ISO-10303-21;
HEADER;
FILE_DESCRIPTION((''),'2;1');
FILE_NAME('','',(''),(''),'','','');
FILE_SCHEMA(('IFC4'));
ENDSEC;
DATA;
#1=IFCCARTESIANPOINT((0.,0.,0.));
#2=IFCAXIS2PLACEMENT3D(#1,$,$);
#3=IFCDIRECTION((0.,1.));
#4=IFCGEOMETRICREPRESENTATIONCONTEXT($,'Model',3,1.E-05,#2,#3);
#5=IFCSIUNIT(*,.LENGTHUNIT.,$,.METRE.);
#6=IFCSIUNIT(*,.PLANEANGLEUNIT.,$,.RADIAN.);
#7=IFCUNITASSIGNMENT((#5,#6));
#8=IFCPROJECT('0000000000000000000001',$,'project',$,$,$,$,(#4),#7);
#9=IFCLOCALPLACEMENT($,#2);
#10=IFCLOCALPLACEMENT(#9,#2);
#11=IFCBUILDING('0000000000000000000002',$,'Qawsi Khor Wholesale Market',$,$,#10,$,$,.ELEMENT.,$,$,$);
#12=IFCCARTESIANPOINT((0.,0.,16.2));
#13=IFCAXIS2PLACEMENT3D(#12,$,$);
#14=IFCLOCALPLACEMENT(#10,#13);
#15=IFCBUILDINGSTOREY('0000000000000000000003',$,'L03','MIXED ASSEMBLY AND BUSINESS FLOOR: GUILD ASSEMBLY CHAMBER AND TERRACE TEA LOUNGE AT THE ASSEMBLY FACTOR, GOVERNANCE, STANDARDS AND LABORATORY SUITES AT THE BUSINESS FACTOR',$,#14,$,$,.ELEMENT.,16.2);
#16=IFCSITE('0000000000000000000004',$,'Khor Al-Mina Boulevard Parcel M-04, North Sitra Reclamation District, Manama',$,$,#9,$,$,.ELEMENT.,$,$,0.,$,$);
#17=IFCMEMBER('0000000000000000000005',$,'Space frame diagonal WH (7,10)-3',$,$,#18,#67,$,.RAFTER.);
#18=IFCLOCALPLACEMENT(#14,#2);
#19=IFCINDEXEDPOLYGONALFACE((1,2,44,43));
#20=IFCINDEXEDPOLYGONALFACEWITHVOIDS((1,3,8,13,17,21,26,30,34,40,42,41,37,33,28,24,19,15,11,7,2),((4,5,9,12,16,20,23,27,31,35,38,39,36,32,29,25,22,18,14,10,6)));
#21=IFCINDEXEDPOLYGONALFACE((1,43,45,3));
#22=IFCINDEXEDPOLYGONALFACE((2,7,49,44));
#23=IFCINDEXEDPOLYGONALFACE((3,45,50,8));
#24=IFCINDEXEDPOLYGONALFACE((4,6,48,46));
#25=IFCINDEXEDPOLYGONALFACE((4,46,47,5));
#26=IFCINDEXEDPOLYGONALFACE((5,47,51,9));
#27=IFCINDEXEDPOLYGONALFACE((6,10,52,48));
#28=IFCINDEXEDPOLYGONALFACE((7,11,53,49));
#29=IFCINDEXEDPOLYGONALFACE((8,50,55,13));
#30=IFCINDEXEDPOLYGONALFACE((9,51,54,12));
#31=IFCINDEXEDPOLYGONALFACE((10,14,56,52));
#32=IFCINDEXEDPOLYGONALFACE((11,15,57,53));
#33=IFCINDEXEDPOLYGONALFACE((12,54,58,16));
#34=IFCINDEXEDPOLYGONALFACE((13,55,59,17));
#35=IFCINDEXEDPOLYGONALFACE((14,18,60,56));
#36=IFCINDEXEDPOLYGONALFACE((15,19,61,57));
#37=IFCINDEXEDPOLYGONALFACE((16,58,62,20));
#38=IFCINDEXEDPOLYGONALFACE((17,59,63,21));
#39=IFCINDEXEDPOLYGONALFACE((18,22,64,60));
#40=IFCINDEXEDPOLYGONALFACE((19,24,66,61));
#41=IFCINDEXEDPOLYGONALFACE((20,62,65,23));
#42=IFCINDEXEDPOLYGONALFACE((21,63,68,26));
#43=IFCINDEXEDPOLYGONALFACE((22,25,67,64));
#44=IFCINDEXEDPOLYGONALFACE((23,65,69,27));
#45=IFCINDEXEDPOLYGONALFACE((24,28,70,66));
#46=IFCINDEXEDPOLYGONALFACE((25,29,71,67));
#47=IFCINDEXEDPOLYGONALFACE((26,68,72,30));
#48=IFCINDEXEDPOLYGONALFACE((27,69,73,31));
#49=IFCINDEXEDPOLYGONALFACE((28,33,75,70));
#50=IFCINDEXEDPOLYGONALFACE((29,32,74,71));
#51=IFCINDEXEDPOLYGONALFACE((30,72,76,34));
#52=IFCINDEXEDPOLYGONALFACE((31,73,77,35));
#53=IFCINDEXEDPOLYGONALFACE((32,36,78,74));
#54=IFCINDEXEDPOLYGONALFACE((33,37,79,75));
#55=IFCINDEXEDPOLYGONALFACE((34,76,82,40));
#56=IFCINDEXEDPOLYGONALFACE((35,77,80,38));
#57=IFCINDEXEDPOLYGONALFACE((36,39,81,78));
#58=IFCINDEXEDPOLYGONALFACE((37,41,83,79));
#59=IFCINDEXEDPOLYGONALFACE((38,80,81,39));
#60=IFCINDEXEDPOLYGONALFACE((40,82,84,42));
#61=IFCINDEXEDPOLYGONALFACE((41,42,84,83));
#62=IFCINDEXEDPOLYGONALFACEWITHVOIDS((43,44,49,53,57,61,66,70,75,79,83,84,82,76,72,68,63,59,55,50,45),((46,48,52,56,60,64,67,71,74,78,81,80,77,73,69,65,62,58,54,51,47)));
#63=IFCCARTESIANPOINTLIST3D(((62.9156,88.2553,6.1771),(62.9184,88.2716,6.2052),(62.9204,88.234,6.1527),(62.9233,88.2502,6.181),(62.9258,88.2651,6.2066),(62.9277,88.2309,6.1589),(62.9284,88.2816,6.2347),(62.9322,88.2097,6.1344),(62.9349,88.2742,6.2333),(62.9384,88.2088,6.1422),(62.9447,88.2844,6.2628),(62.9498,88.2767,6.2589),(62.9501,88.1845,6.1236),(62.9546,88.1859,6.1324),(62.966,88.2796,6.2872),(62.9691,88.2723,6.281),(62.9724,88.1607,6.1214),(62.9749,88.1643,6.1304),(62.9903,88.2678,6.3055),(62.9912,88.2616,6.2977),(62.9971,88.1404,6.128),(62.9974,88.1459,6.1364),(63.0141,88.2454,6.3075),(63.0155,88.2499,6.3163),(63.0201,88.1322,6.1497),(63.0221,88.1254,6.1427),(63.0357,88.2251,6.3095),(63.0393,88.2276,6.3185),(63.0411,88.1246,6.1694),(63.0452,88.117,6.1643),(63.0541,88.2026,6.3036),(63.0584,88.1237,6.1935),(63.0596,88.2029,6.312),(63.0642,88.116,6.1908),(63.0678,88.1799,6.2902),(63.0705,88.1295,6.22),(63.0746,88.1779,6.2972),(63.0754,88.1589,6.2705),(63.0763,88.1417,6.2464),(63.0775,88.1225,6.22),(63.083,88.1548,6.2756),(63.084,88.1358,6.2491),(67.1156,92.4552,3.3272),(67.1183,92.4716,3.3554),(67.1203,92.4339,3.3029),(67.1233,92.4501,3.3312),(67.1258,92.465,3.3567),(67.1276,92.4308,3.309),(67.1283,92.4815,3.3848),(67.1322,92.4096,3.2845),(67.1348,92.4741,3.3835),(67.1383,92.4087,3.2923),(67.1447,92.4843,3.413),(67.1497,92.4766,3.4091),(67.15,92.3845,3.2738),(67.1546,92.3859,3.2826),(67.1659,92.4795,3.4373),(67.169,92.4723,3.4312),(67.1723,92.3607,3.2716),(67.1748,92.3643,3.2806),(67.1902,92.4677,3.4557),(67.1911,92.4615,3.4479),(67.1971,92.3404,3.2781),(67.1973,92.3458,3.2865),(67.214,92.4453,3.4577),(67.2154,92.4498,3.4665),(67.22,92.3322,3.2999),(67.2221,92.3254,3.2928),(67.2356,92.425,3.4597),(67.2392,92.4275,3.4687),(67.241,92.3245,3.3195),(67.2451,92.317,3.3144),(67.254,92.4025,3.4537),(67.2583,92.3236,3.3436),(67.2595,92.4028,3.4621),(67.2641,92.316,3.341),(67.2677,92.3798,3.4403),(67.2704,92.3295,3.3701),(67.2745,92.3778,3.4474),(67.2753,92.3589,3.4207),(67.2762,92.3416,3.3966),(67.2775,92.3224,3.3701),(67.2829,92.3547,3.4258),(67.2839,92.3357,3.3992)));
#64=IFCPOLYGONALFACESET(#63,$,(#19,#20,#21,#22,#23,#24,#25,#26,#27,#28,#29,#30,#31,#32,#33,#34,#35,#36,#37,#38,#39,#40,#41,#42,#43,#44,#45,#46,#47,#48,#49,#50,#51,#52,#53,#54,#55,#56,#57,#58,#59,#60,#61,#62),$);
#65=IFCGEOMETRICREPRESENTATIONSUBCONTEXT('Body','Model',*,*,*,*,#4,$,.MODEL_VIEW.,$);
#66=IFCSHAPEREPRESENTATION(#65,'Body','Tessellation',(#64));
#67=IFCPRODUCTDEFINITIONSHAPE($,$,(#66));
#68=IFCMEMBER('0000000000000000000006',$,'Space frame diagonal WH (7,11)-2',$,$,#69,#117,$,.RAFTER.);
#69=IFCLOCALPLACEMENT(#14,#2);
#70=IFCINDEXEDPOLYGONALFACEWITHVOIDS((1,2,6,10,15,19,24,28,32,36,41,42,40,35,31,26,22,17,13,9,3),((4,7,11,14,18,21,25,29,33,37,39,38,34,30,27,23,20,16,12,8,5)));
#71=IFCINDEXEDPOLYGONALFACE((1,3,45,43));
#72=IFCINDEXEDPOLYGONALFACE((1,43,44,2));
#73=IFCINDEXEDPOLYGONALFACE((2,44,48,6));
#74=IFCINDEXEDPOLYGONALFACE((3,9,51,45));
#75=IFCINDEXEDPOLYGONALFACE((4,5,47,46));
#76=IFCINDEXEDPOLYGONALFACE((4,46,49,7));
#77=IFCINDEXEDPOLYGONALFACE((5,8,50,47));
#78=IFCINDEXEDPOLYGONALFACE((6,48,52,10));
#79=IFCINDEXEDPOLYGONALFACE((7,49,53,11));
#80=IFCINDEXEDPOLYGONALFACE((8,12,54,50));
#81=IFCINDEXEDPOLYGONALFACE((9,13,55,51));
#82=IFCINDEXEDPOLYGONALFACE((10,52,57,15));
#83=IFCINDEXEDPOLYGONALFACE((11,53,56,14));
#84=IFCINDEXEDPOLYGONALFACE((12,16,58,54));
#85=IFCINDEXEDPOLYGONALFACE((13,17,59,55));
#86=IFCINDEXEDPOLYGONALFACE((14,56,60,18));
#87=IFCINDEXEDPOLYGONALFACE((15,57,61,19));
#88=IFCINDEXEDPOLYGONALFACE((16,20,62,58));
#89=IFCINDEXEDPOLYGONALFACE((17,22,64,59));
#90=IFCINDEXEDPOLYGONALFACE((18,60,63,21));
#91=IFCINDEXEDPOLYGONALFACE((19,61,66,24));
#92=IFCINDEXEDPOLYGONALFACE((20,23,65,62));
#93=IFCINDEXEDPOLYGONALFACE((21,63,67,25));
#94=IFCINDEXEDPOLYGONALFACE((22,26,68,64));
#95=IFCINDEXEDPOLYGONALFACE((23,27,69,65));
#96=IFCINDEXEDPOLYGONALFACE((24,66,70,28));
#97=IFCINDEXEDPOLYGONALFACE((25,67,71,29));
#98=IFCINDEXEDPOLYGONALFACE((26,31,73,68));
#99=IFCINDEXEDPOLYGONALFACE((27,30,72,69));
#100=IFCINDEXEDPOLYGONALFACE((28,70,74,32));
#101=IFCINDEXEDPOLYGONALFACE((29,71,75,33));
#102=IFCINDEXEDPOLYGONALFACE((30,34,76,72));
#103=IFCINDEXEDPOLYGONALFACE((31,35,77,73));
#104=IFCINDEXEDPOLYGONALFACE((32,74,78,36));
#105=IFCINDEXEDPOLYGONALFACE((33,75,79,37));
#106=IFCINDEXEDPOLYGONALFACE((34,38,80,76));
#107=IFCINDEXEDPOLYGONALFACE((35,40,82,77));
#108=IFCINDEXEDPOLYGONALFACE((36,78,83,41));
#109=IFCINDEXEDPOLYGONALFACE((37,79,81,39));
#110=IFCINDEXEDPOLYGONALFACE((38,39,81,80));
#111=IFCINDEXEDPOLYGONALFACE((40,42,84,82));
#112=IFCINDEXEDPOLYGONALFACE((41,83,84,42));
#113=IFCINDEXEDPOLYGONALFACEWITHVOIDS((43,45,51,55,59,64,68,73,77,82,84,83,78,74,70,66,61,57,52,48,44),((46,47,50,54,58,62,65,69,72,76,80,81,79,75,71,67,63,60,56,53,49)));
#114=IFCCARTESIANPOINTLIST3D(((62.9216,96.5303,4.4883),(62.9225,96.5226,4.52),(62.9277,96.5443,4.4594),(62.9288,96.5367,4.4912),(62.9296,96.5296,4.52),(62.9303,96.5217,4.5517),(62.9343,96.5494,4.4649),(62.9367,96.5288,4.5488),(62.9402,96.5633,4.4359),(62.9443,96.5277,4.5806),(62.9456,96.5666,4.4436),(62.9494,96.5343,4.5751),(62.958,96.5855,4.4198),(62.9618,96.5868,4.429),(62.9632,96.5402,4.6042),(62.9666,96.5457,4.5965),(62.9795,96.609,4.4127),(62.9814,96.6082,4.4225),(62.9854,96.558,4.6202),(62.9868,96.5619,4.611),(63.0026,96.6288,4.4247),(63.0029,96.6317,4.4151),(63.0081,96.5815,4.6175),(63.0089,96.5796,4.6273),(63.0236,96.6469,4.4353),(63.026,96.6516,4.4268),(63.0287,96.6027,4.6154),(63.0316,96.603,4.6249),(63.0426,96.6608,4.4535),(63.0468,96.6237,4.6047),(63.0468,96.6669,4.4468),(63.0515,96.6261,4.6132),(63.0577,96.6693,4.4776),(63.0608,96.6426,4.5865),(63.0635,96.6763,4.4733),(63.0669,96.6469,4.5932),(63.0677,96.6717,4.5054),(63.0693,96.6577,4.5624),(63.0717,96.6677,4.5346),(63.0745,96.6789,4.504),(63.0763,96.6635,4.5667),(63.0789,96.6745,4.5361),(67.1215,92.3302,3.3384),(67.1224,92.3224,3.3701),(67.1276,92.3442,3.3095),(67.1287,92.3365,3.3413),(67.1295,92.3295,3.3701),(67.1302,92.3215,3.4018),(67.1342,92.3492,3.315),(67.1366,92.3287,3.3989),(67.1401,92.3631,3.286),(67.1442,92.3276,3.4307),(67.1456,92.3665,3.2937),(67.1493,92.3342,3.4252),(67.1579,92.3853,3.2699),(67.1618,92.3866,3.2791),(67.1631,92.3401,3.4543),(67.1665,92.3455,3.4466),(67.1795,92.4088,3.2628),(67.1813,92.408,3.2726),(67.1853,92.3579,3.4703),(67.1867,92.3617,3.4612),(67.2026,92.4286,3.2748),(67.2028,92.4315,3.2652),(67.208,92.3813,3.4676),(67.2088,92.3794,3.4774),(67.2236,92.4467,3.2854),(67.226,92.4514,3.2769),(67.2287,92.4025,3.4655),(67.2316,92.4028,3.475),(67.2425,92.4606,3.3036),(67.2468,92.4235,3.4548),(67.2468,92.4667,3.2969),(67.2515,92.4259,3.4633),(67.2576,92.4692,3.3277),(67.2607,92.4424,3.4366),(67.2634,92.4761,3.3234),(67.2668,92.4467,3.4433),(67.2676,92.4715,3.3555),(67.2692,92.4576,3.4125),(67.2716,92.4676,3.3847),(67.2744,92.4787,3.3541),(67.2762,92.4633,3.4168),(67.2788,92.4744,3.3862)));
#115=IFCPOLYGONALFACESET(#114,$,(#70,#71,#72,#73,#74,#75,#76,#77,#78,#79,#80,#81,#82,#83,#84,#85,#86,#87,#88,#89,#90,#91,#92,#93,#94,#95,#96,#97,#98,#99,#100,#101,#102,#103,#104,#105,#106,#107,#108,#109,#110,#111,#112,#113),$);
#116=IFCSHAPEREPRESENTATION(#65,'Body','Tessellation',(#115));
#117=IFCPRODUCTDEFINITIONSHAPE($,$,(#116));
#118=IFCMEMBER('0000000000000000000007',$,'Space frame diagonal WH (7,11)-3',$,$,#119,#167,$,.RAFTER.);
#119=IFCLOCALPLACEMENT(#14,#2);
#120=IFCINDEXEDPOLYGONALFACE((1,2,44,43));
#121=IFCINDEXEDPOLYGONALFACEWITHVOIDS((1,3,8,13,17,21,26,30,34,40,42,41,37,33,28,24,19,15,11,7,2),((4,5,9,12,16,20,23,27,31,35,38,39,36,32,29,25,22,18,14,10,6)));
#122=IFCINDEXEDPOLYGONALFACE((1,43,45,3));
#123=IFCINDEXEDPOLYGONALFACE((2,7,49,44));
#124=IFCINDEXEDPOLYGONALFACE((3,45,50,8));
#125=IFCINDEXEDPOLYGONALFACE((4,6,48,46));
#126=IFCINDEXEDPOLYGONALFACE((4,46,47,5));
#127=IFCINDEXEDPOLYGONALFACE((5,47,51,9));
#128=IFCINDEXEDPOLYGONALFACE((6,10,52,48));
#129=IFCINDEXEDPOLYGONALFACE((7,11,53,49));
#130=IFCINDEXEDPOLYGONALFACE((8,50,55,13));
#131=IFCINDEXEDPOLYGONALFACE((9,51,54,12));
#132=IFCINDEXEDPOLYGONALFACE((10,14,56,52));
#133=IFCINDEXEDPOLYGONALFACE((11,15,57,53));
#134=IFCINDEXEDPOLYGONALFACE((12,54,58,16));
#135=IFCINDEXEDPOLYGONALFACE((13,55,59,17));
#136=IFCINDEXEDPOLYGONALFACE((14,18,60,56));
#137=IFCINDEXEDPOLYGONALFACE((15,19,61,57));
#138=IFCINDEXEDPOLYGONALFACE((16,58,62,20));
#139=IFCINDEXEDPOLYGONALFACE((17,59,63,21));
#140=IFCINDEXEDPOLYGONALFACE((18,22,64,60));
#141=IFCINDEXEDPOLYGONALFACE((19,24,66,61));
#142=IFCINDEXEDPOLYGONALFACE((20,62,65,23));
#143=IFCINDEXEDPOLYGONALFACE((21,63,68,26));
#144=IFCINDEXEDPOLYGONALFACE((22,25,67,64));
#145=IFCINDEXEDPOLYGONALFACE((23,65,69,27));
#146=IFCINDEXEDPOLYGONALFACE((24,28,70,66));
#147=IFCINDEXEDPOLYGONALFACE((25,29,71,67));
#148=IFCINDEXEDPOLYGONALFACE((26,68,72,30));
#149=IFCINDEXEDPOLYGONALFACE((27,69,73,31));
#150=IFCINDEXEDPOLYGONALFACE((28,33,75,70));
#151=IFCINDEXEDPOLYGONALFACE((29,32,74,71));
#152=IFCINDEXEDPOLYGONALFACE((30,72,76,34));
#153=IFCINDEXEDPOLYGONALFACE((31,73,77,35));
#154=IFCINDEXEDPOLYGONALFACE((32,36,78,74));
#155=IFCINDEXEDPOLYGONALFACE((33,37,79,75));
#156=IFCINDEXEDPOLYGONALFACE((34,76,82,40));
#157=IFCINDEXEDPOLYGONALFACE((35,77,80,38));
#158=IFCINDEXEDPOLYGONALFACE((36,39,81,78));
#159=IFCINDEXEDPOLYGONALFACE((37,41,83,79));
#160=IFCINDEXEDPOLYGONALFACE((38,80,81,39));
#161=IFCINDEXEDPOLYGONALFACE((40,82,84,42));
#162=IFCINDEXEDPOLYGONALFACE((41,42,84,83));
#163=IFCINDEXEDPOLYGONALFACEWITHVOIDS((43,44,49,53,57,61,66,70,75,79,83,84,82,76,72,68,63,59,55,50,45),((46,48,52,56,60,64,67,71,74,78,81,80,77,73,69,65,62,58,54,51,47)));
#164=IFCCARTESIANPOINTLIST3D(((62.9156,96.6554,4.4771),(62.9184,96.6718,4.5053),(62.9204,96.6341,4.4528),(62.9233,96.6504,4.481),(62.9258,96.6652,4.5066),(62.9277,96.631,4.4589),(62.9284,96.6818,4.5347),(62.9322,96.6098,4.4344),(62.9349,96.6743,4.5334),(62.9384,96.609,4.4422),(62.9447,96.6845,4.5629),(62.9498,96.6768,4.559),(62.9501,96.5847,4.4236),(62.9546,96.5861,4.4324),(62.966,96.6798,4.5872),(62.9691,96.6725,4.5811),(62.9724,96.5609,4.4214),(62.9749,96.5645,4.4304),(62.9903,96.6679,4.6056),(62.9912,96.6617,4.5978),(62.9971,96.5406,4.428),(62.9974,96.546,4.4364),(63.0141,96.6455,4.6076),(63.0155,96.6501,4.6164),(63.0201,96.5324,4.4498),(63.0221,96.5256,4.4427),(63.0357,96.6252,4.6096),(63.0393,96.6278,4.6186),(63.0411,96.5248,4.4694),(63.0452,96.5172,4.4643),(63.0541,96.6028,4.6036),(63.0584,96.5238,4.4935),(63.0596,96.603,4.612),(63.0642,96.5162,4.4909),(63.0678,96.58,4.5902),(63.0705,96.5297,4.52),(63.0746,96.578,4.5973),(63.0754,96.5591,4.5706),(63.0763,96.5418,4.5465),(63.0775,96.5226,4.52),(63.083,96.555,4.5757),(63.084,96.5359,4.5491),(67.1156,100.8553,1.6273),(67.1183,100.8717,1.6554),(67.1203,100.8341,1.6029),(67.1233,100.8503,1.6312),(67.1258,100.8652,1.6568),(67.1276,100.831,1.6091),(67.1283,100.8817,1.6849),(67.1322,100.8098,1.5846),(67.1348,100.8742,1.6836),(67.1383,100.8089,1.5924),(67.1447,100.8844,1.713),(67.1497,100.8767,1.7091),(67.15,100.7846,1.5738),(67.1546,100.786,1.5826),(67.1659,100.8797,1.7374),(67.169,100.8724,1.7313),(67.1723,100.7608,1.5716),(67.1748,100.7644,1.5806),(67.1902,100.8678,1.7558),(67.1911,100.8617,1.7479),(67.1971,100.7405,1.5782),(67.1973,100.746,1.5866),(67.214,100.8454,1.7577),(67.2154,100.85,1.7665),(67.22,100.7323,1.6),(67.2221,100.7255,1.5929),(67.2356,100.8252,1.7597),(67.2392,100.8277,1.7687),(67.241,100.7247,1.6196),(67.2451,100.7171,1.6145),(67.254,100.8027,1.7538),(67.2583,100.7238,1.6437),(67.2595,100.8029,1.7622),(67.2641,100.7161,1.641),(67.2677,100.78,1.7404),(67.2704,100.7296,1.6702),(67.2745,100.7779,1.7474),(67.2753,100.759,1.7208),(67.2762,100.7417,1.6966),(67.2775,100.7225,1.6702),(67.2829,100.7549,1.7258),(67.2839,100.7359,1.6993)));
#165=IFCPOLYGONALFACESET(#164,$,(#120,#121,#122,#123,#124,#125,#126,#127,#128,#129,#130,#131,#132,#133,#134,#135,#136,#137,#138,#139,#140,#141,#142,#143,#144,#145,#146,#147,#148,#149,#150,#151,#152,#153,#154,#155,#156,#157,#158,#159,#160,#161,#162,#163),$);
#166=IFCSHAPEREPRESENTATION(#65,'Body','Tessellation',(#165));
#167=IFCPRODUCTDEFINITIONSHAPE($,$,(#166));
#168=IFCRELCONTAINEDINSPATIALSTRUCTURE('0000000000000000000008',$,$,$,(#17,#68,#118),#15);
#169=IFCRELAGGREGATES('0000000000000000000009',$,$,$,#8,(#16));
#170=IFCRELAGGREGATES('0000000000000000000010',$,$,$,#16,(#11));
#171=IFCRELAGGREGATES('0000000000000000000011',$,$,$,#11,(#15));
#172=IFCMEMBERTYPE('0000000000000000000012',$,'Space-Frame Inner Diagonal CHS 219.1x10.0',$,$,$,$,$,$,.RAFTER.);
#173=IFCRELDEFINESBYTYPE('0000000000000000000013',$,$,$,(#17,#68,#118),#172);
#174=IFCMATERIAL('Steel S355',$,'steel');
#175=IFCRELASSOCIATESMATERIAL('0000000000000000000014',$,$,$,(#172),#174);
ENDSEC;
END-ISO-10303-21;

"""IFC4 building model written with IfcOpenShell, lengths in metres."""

from ifc_helpers import new_model, si_unit, direction, frame, origin, origin_2d, place, context, subcontext, project, spatial, hollow_circle, extrude, material, material_profile, profile_set, type_object, element, save


model = new_model("IFC4")

# Units and contexts
model_context = context("Model", 3, precision=1e-05, world=origin(), true_north=direction((0.0, 1.0)))
body_context = subcontext(model_context, "Body", "Model", "MODEL_VIEW")
ifc_project = project(units=[si_unit("LENGTHUNIT", "METRE"), si_unit("PLANEANGLEUNIT", "RADIAN")], contexts=[model_context])

# Site, building, storey
site_placement = place(None, origin())
site = spatial("IfcSite", under=ifc_project, at=site_placement, Name="Khor Al-Mina Boulevard Parcel M-04, North Sitra Reclamation District, Manama", CompositionType="ELEMENT", RefElevation=0.0)
building_placement = place(site_placement, origin())
building = spatial("IfcBuilding", under=site, at=building_placement, Name="Qawsi Khor Wholesale Market", CompositionType="ELEMENT")
storey_placement = place(building_placement, frame((0.0, 0.0, 16.2)))
storey = spatial("IfcBuildingStorey", under=building, at=storey_placement, Name="L03", Description="MIXED ASSEMBLY AND BUSINESS FLOOR: GUILD ASSEMBLY CHAMBER AND TERRACE TEA LOUNGE AT THE ASSEMBLY FACTOR, GOVERNANCE, STANDARDS AND LABORATORY SUITES AT THE BUSINESS FACTOR", CompositionType="ELEMENT", Elevation=16.2)

# Members
ifc_material_1 = material(Name="Steel S355", Category="steel")
ifc_material_profile_1 = material_profile(ifc_material_1, hollow_circle(Radius=0.1096, WallThickness=0.01, at=origin_2d()), Name="CHS 219.1x10.0")
ifc_profile_set_1 = profile_set([ifc_material_profile_1], Name="Steel S355")
member_type_1 = type_object("IfcMemberType", Name="Space-Frame Inner Diagonal CHS 219.1x10.0", PredefinedType="RAFTER", material=ifc_profile_set_1)
member_1_placement = place(storey_placement, frame((67.2, 92.3999, 3.3701), z_axis=(-0.637522, -0.637522, 0.432587), x_axis=(0.707107, -0.707107, 0.0)))
element("IfcMember", 1, at=member_1_placement, inside=storey, type_object=member_type_1, Name="Space frame diagonal WH (7,10)-3", PredefinedType="RAFTER", context=body_context, shape_type="SweptSolid", body=[
    extrude(hollow_circle(Radius=0.1096, WallThickness=0.01, at=origin_2d()), origin(), (0.0, 0.0, 1.0), 6.5879),
])
member_2_placement = place(storey_placement, frame((67.2, 92.3999, 3.3701), z_axis=(-0.694197, 0.694238, 0.190064), x_axis=(-0.707127, -0.707086, 0.0)))
element("IfcMember", 2, at=member_2_placement, inside=storey, type_object=member_type_1, Name="Space frame diagonal WH (7,11)-2", PredefinedType="RAFTER", context=body_context, shape_type="SweptSolid", body=[
    extrude(hollow_circle(Radius=0.1096, WallThickness=0.01, at=origin_2d()), origin(), (0.0, 0.0, 1.0), 6.05),
])
member_3_placement = place(storey_placement, frame((67.2, 100.8, 1.6702), z_axis=(-0.637522, -0.637522, 0.432587), x_axis=(0.707107, -0.707107, 0.0)))
element("IfcMember", 3, at=member_3_placement, inside=storey, type_object=member_type_1, Name="Space frame diagonal WH (7,11)-3", PredefinedType="RAFTER", context=body_context, shape_type="SweptSolid", body=[
    extrude(hollow_circle(Radius=0.1096, WallThickness=0.01, at=origin_2d()), origin(), (0.0, 0.0, 1.0), 6.5879),
])

save(model, "model.ifc")
